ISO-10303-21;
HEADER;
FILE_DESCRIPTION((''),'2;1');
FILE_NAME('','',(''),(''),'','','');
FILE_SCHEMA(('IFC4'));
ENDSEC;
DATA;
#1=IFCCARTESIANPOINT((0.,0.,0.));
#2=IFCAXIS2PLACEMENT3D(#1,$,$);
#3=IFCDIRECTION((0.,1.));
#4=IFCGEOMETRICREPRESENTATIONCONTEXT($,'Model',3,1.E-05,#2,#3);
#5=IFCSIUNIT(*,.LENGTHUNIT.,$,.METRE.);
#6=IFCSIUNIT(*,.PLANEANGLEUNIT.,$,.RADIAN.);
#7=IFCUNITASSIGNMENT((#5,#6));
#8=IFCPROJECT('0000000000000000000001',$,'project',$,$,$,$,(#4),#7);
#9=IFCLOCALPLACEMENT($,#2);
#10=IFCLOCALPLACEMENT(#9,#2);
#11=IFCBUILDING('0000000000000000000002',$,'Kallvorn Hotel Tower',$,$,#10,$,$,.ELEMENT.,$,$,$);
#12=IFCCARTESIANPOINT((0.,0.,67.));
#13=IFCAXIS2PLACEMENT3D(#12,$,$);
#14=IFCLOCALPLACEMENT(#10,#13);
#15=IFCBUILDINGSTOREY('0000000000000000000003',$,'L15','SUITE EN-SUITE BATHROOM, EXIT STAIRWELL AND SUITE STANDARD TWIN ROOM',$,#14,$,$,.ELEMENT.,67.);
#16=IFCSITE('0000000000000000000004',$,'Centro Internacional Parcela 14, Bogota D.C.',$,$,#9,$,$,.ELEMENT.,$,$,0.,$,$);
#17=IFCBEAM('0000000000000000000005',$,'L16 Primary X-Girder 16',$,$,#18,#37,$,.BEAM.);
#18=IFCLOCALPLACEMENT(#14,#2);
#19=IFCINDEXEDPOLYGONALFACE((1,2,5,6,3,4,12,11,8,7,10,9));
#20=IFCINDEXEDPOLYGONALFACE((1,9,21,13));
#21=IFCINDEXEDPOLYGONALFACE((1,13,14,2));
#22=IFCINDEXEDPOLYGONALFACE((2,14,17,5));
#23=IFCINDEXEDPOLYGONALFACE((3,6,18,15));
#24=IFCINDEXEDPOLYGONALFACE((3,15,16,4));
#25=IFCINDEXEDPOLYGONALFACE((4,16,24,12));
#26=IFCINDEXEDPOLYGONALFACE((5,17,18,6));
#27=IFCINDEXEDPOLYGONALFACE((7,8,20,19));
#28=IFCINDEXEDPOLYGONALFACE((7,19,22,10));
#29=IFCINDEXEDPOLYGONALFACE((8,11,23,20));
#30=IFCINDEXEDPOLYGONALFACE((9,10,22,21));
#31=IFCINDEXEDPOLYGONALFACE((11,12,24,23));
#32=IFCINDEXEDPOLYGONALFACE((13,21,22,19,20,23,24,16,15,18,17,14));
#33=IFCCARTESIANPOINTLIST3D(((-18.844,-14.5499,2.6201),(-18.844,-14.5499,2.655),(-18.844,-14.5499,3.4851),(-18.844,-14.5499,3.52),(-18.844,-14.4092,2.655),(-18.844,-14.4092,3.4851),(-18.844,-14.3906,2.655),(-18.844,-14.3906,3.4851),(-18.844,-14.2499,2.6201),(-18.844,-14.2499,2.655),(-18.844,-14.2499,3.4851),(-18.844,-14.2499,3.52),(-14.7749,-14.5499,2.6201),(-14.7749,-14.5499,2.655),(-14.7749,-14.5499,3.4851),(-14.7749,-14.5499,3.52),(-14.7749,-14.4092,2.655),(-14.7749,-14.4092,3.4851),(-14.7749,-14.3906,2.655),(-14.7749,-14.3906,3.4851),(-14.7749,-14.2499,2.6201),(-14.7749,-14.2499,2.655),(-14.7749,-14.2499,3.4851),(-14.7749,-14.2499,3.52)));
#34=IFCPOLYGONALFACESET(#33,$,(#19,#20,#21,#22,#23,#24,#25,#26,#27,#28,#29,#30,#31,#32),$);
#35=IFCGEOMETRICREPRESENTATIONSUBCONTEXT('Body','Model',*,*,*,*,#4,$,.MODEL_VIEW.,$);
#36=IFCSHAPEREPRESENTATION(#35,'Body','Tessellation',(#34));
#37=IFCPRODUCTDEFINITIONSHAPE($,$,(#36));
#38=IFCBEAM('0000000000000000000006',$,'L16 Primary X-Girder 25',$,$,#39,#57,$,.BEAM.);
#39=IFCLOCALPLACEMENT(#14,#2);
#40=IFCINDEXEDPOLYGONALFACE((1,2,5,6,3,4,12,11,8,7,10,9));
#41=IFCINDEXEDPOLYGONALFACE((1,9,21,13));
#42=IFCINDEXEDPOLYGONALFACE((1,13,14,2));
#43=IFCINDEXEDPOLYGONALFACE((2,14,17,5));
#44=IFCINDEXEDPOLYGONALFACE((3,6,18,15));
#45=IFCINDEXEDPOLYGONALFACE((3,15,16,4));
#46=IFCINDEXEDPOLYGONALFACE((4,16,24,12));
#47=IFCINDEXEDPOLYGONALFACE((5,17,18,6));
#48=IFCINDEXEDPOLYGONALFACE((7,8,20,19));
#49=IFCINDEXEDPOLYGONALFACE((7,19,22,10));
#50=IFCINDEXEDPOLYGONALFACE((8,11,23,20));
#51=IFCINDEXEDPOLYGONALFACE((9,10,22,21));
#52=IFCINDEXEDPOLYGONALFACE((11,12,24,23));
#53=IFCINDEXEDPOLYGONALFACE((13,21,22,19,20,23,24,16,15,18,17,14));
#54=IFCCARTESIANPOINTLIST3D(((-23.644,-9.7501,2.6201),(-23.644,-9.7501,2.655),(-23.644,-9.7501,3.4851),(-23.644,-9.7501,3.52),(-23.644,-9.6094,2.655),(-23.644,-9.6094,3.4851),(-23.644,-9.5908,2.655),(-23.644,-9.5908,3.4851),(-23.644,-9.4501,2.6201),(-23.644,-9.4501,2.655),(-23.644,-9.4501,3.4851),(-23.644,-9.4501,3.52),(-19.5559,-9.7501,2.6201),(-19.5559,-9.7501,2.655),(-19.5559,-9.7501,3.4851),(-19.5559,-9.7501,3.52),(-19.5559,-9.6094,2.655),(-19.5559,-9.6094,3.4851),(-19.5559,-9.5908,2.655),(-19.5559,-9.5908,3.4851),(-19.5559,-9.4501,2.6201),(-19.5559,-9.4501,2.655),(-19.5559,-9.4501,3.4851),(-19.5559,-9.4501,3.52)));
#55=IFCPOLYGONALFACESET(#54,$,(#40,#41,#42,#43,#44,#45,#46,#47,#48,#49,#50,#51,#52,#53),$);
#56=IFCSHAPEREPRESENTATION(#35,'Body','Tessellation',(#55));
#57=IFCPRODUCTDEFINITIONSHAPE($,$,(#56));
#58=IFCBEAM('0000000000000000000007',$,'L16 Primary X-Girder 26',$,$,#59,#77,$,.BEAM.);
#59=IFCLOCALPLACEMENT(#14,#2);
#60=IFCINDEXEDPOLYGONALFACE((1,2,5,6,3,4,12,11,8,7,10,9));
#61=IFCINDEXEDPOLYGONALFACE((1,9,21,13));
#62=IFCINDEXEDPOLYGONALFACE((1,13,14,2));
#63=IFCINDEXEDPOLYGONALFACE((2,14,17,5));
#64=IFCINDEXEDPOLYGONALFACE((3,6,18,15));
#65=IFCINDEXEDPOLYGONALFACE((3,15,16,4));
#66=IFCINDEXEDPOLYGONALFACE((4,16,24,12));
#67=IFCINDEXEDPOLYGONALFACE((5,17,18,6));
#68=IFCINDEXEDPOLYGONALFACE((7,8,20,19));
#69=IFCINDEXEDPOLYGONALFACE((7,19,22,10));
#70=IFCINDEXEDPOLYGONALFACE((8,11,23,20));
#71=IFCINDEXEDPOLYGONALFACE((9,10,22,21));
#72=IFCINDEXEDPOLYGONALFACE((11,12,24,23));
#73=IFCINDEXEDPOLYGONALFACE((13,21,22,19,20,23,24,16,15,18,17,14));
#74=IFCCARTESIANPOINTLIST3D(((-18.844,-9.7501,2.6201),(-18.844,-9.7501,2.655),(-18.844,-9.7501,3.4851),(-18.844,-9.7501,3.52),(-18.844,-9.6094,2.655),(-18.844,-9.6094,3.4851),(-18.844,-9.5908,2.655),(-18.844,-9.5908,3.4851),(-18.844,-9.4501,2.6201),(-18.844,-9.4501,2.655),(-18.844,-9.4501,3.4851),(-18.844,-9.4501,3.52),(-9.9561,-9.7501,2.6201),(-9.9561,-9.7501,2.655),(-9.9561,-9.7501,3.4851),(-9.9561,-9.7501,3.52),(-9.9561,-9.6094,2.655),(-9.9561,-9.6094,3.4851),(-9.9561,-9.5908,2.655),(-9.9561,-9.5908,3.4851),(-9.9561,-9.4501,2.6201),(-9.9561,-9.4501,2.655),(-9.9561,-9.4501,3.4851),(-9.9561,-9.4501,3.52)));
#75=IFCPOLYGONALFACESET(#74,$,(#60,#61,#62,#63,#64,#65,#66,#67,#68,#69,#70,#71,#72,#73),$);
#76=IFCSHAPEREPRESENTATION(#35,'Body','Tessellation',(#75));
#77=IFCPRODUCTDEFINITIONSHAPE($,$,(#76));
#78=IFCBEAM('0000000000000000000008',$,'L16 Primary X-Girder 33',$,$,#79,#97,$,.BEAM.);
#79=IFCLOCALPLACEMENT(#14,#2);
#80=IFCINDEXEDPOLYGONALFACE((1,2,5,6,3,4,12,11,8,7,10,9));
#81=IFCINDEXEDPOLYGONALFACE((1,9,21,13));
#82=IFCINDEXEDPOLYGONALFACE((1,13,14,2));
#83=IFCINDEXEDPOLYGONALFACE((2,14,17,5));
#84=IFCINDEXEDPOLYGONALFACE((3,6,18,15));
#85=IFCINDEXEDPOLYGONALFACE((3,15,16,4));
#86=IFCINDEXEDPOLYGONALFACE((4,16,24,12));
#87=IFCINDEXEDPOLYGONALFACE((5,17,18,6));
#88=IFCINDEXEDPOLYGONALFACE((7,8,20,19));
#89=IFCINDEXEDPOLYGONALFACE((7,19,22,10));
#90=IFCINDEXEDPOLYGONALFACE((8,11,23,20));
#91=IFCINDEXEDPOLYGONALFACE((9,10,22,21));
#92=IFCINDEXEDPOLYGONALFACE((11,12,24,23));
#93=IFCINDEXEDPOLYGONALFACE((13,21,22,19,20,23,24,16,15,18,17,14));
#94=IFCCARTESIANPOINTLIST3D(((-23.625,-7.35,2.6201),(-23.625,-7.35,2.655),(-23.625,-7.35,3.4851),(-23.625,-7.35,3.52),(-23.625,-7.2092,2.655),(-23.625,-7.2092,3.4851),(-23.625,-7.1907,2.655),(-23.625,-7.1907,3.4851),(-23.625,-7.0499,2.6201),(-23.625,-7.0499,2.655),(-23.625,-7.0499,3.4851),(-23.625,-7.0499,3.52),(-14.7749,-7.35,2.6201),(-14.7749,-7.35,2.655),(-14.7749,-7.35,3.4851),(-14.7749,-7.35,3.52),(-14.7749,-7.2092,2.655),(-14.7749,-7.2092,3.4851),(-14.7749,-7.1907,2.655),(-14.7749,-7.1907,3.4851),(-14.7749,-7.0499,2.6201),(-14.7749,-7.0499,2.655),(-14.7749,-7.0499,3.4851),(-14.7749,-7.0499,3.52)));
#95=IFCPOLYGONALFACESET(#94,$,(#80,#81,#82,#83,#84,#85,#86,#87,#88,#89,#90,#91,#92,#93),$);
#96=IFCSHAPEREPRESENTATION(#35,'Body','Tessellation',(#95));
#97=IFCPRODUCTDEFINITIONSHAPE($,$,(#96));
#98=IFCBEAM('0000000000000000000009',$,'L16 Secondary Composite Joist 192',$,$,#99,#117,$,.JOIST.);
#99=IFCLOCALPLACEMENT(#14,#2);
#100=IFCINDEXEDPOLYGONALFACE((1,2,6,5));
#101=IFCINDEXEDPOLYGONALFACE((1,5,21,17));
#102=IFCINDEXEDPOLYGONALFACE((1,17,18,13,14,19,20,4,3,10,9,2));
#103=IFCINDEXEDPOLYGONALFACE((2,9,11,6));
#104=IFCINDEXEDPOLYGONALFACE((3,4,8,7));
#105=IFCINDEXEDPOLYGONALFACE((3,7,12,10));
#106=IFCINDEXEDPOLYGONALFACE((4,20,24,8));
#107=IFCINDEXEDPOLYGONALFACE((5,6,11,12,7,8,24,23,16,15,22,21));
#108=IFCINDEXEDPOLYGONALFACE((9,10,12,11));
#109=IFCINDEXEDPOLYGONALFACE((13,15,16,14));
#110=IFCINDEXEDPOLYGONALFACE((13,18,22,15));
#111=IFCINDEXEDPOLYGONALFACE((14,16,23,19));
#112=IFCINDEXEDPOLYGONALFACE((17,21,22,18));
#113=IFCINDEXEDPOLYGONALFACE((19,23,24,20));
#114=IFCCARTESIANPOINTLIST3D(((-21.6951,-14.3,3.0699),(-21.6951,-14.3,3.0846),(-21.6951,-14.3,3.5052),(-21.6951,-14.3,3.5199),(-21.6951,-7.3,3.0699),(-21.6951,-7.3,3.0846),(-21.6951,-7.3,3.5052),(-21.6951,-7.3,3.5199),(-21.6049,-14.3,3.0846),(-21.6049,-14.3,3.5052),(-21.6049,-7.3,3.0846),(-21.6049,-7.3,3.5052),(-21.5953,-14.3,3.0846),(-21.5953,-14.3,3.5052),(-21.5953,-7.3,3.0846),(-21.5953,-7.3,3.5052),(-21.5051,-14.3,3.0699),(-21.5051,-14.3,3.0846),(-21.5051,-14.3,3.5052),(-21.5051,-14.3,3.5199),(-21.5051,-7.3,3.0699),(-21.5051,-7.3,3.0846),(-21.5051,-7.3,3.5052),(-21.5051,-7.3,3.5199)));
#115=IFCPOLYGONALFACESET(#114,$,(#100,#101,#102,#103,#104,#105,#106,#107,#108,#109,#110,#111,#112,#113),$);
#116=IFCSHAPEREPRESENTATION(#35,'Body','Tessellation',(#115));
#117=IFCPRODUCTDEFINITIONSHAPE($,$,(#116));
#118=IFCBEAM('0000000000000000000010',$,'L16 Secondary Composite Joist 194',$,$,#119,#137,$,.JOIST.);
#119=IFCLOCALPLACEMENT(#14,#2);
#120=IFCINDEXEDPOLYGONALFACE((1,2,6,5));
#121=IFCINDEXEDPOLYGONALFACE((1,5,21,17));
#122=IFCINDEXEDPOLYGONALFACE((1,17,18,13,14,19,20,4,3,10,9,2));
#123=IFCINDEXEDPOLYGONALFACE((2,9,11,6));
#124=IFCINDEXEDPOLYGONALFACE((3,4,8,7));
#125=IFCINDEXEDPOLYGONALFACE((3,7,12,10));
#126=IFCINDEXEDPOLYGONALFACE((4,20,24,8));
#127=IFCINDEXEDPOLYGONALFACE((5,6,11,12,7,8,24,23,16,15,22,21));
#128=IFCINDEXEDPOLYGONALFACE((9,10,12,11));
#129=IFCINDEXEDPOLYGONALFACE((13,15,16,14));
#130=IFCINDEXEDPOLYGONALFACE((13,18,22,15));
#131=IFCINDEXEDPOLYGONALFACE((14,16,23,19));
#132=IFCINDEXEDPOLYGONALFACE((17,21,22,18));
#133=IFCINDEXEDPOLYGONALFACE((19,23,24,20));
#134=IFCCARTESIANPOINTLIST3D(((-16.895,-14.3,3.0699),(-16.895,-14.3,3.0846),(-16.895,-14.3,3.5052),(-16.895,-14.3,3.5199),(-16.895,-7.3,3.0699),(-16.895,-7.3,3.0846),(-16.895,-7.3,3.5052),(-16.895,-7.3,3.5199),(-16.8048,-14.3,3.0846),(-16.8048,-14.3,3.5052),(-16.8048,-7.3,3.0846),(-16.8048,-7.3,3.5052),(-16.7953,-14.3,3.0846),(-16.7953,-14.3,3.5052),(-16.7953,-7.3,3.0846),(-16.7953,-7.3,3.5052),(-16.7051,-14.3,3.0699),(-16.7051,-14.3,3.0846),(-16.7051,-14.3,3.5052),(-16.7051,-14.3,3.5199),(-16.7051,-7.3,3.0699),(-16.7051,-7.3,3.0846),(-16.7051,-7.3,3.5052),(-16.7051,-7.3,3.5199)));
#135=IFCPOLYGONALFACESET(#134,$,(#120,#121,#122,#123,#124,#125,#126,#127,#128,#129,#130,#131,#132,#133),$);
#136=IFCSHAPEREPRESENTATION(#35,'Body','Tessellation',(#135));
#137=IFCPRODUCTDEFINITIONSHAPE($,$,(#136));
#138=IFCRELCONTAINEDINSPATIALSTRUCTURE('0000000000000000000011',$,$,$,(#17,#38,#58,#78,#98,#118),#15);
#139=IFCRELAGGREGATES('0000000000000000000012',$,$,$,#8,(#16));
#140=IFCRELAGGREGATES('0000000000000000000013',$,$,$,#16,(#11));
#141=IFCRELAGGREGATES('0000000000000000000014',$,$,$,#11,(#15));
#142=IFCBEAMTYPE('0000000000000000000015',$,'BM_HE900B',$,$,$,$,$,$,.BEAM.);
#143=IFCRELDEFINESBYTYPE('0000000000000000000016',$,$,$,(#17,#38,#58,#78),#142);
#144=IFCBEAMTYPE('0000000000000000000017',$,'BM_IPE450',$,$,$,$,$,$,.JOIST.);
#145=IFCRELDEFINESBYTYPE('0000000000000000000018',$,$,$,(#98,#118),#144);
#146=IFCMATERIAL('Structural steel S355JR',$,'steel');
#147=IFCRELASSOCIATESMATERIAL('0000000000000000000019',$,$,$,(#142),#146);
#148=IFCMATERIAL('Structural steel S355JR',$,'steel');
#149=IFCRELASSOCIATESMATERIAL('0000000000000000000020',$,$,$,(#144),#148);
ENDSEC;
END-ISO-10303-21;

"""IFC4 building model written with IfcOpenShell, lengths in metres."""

from ifc_helpers import new_model, si_unit, direction, frame, origin, origin_2d, place, context, subcontext, project, spatial, i_section, extrude, material, material_profile, profile_set, type_object, element, save


model = new_model("IFC4")

# Units and contexts
model_context = context("Model", 3, precision=1e-05, world=origin(), true_north=direction((0.0, 1.0)))
body_context = subcontext(model_context, "Body", "Model", "MODEL_VIEW")
ifc_project = project(units=[si_unit("LENGTHUNIT", "METRE"), si_unit("PLANEANGLEUNIT", "RADIAN")], contexts=[model_context])

# Site, building, storey
site_placement = place(None, origin())
site = spatial("IfcSite", under=ifc_project, at=site_placement, Name="Centro Internacional Parcela 14, Bogota D.C.", CompositionType="ELEMENT", RefElevation=0.0)
building_placement = place(site_placement, origin())
building = spatial("IfcBuilding", under=site, at=building_placement, Name="Kallvorn Hotel Tower", CompositionType="ELEMENT")
storey_placement = place(building_placement, frame((0.0, 0.0, 67.0)))
storey = spatial("IfcBuildingStorey", under=building, at=storey_placement, Name="L15", Description="SUITE EN-SUITE BATHROOM, EXIT STAIRWELL AND SUITE STANDARD TWIN ROOM", CompositionType="ELEMENT", Elevation=67.0)

# Beams
ifc_material_1 = material(Name="Structural steel S355JR", Category="steel")
ifc_material_profile_1 = material_profile(ifc_material_1, i_section(OverallWidth=0.3, OverallDepth=0.8999, WebThickness=0.0186, FlangeThickness=0.0349, at=origin_2d()), Name="HE 900 B")
ifc_profile_set_1 = profile_set([ifc_material_profile_1], Name="Structural steel S355JR")
beam_type_1 = type_object("IfcBeamType", Name="BM_HE900B", PredefinedType="BEAM", material=ifc_profile_set_1)
for number, where, z_axis, x_axis, name in (
    (1, (-18.844, -14.3999, 3.0701), (1.0, 0.0, 0.0), (0.0, 1.0, 0.0), "L16 Primary X-Girder 16"),
):
    element("IfcBeam", number, at=place(storey_placement, frame(where, z_axis=z_axis, x_axis=x_axis)), inside=storey, type_object=beam_type_1, Name=name, PredefinedType="BEAM", context=body_context, shape_type="SweptSolid", body=[
        extrude(i_section(OverallWidth=0.3, OverallDepth=0.8999, WebThickness=0.0186, FlangeThickness=0.0349, at=origin_2d()), origin(), (0.0, 0.0, 1.0), 4.0691),
    ])
beam_1_placement = place(storey_placement, frame((-23.644, -9.6001, 3.0701), z_axis=(1.0, 0.0, 0.0), x_axis=(0.0, 1.0, 0.0)))
element("IfcBeam", 2, at=beam_1_placement, inside=storey, type_object=beam_type_1, Name="L16 Primary X-Girder 25", PredefinedType="BEAM", context=body_context, shape_type="SweptSolid", body=[
    extrude(i_section(OverallWidth=0.3, OverallDepth=0.8999, WebThickness=0.0186, FlangeThickness=0.0349, at=origin_2d()), origin(), (0.0, 0.0, 1.0), 4.0881),
])
beam_2_placement = place(storey_placement, frame((-18.844, -9.6001, 3.0701), z_axis=(1.0, 0.0, 0.0), x_axis=(0.0, 1.0, 0.0)))
element("IfcBeam", 3, at=beam_2_placement, inside=storey, type_object=beam_type_1, Name="L16 Primary X-Girder 26", PredefinedType="BEAM", context=body_context, shape_type="SweptSolid", body=[
    extrude(i_section(OverallWidth=0.3, OverallDepth=0.8999, WebThickness=0.0186, FlangeThickness=0.0349, at=origin_2d()), origin(), (0.0, 0.0, 1.0), 8.8879),
])
beam_3_placement = place(storey_placement, frame((-23.625, -7.2, 3.0701), z_axis=(1.0, 0.0, 0.0), x_axis=(0.0, 1.0, 0.0)))
element("IfcBeam", 4, at=beam_3_placement, inside=storey, type_object=beam_type_1, Name="L16 Primary X-Girder 33", PredefinedType="BEAM", context=body_context, shape_type="SweptSolid", body=[
    extrude(i_section(OverallWidth=0.3, OverallDepth=0.8999, WebThickness=0.0186, FlangeThickness=0.0349, at=origin_2d()), origin(), (0.0, 0.0, 1.0), 8.8501),
])
ifc_material_2 = material(Name="Structural steel S355JR", Category="steel")
ifc_material_profile_2 = material_profile(ifc_material_2, i_section(OverallWidth=0.1899, OverallDepth=0.45, WebThickness=0.0095, FlangeThickness=0.0146, at=origin_2d()), Name="IPE 450")
ifc_profile_set_2 = profile_set([ifc_material_profile_2], Name="Structural steel S355JR")
beam_type_2 = type_object("IfcBeamType", Name="BM_IPE450", PredefinedType="JOIST", material=ifc_profile_set_2)
for number, where, z_axis, x_axis, name in (
    (5, (-21.6001, -14.3, 3.2949), (0.0, 1.0, 0.0), (-1.0, 0.0, 0.0), "L16 Secondary Composite Joist 192"),
    (6, (-16.8, -14.3, 3.2949), (0.0, 1.0, 0.0), (-1.0, 0.0, 0.0), "L16 Secondary Composite Joist 194"),
):
    element("IfcBeam", number, at=place(storey_placement, frame(where, z_axis=z_axis, x_axis=x_axis)), inside=storey, type_object=beam_type_2, Name=name, PredefinedType="JOIST", context=body_context, shape_type="SweptSolid", body=[
        extrude(i_section(OverallWidth=0.1899, OverallDepth=0.45, WebThickness=0.0095, FlangeThickness=0.0146, at=origin_2d()), origin(), (0.0, 0.0, 1.0), 7.0),
    ])

save(model, "model.ifc")
